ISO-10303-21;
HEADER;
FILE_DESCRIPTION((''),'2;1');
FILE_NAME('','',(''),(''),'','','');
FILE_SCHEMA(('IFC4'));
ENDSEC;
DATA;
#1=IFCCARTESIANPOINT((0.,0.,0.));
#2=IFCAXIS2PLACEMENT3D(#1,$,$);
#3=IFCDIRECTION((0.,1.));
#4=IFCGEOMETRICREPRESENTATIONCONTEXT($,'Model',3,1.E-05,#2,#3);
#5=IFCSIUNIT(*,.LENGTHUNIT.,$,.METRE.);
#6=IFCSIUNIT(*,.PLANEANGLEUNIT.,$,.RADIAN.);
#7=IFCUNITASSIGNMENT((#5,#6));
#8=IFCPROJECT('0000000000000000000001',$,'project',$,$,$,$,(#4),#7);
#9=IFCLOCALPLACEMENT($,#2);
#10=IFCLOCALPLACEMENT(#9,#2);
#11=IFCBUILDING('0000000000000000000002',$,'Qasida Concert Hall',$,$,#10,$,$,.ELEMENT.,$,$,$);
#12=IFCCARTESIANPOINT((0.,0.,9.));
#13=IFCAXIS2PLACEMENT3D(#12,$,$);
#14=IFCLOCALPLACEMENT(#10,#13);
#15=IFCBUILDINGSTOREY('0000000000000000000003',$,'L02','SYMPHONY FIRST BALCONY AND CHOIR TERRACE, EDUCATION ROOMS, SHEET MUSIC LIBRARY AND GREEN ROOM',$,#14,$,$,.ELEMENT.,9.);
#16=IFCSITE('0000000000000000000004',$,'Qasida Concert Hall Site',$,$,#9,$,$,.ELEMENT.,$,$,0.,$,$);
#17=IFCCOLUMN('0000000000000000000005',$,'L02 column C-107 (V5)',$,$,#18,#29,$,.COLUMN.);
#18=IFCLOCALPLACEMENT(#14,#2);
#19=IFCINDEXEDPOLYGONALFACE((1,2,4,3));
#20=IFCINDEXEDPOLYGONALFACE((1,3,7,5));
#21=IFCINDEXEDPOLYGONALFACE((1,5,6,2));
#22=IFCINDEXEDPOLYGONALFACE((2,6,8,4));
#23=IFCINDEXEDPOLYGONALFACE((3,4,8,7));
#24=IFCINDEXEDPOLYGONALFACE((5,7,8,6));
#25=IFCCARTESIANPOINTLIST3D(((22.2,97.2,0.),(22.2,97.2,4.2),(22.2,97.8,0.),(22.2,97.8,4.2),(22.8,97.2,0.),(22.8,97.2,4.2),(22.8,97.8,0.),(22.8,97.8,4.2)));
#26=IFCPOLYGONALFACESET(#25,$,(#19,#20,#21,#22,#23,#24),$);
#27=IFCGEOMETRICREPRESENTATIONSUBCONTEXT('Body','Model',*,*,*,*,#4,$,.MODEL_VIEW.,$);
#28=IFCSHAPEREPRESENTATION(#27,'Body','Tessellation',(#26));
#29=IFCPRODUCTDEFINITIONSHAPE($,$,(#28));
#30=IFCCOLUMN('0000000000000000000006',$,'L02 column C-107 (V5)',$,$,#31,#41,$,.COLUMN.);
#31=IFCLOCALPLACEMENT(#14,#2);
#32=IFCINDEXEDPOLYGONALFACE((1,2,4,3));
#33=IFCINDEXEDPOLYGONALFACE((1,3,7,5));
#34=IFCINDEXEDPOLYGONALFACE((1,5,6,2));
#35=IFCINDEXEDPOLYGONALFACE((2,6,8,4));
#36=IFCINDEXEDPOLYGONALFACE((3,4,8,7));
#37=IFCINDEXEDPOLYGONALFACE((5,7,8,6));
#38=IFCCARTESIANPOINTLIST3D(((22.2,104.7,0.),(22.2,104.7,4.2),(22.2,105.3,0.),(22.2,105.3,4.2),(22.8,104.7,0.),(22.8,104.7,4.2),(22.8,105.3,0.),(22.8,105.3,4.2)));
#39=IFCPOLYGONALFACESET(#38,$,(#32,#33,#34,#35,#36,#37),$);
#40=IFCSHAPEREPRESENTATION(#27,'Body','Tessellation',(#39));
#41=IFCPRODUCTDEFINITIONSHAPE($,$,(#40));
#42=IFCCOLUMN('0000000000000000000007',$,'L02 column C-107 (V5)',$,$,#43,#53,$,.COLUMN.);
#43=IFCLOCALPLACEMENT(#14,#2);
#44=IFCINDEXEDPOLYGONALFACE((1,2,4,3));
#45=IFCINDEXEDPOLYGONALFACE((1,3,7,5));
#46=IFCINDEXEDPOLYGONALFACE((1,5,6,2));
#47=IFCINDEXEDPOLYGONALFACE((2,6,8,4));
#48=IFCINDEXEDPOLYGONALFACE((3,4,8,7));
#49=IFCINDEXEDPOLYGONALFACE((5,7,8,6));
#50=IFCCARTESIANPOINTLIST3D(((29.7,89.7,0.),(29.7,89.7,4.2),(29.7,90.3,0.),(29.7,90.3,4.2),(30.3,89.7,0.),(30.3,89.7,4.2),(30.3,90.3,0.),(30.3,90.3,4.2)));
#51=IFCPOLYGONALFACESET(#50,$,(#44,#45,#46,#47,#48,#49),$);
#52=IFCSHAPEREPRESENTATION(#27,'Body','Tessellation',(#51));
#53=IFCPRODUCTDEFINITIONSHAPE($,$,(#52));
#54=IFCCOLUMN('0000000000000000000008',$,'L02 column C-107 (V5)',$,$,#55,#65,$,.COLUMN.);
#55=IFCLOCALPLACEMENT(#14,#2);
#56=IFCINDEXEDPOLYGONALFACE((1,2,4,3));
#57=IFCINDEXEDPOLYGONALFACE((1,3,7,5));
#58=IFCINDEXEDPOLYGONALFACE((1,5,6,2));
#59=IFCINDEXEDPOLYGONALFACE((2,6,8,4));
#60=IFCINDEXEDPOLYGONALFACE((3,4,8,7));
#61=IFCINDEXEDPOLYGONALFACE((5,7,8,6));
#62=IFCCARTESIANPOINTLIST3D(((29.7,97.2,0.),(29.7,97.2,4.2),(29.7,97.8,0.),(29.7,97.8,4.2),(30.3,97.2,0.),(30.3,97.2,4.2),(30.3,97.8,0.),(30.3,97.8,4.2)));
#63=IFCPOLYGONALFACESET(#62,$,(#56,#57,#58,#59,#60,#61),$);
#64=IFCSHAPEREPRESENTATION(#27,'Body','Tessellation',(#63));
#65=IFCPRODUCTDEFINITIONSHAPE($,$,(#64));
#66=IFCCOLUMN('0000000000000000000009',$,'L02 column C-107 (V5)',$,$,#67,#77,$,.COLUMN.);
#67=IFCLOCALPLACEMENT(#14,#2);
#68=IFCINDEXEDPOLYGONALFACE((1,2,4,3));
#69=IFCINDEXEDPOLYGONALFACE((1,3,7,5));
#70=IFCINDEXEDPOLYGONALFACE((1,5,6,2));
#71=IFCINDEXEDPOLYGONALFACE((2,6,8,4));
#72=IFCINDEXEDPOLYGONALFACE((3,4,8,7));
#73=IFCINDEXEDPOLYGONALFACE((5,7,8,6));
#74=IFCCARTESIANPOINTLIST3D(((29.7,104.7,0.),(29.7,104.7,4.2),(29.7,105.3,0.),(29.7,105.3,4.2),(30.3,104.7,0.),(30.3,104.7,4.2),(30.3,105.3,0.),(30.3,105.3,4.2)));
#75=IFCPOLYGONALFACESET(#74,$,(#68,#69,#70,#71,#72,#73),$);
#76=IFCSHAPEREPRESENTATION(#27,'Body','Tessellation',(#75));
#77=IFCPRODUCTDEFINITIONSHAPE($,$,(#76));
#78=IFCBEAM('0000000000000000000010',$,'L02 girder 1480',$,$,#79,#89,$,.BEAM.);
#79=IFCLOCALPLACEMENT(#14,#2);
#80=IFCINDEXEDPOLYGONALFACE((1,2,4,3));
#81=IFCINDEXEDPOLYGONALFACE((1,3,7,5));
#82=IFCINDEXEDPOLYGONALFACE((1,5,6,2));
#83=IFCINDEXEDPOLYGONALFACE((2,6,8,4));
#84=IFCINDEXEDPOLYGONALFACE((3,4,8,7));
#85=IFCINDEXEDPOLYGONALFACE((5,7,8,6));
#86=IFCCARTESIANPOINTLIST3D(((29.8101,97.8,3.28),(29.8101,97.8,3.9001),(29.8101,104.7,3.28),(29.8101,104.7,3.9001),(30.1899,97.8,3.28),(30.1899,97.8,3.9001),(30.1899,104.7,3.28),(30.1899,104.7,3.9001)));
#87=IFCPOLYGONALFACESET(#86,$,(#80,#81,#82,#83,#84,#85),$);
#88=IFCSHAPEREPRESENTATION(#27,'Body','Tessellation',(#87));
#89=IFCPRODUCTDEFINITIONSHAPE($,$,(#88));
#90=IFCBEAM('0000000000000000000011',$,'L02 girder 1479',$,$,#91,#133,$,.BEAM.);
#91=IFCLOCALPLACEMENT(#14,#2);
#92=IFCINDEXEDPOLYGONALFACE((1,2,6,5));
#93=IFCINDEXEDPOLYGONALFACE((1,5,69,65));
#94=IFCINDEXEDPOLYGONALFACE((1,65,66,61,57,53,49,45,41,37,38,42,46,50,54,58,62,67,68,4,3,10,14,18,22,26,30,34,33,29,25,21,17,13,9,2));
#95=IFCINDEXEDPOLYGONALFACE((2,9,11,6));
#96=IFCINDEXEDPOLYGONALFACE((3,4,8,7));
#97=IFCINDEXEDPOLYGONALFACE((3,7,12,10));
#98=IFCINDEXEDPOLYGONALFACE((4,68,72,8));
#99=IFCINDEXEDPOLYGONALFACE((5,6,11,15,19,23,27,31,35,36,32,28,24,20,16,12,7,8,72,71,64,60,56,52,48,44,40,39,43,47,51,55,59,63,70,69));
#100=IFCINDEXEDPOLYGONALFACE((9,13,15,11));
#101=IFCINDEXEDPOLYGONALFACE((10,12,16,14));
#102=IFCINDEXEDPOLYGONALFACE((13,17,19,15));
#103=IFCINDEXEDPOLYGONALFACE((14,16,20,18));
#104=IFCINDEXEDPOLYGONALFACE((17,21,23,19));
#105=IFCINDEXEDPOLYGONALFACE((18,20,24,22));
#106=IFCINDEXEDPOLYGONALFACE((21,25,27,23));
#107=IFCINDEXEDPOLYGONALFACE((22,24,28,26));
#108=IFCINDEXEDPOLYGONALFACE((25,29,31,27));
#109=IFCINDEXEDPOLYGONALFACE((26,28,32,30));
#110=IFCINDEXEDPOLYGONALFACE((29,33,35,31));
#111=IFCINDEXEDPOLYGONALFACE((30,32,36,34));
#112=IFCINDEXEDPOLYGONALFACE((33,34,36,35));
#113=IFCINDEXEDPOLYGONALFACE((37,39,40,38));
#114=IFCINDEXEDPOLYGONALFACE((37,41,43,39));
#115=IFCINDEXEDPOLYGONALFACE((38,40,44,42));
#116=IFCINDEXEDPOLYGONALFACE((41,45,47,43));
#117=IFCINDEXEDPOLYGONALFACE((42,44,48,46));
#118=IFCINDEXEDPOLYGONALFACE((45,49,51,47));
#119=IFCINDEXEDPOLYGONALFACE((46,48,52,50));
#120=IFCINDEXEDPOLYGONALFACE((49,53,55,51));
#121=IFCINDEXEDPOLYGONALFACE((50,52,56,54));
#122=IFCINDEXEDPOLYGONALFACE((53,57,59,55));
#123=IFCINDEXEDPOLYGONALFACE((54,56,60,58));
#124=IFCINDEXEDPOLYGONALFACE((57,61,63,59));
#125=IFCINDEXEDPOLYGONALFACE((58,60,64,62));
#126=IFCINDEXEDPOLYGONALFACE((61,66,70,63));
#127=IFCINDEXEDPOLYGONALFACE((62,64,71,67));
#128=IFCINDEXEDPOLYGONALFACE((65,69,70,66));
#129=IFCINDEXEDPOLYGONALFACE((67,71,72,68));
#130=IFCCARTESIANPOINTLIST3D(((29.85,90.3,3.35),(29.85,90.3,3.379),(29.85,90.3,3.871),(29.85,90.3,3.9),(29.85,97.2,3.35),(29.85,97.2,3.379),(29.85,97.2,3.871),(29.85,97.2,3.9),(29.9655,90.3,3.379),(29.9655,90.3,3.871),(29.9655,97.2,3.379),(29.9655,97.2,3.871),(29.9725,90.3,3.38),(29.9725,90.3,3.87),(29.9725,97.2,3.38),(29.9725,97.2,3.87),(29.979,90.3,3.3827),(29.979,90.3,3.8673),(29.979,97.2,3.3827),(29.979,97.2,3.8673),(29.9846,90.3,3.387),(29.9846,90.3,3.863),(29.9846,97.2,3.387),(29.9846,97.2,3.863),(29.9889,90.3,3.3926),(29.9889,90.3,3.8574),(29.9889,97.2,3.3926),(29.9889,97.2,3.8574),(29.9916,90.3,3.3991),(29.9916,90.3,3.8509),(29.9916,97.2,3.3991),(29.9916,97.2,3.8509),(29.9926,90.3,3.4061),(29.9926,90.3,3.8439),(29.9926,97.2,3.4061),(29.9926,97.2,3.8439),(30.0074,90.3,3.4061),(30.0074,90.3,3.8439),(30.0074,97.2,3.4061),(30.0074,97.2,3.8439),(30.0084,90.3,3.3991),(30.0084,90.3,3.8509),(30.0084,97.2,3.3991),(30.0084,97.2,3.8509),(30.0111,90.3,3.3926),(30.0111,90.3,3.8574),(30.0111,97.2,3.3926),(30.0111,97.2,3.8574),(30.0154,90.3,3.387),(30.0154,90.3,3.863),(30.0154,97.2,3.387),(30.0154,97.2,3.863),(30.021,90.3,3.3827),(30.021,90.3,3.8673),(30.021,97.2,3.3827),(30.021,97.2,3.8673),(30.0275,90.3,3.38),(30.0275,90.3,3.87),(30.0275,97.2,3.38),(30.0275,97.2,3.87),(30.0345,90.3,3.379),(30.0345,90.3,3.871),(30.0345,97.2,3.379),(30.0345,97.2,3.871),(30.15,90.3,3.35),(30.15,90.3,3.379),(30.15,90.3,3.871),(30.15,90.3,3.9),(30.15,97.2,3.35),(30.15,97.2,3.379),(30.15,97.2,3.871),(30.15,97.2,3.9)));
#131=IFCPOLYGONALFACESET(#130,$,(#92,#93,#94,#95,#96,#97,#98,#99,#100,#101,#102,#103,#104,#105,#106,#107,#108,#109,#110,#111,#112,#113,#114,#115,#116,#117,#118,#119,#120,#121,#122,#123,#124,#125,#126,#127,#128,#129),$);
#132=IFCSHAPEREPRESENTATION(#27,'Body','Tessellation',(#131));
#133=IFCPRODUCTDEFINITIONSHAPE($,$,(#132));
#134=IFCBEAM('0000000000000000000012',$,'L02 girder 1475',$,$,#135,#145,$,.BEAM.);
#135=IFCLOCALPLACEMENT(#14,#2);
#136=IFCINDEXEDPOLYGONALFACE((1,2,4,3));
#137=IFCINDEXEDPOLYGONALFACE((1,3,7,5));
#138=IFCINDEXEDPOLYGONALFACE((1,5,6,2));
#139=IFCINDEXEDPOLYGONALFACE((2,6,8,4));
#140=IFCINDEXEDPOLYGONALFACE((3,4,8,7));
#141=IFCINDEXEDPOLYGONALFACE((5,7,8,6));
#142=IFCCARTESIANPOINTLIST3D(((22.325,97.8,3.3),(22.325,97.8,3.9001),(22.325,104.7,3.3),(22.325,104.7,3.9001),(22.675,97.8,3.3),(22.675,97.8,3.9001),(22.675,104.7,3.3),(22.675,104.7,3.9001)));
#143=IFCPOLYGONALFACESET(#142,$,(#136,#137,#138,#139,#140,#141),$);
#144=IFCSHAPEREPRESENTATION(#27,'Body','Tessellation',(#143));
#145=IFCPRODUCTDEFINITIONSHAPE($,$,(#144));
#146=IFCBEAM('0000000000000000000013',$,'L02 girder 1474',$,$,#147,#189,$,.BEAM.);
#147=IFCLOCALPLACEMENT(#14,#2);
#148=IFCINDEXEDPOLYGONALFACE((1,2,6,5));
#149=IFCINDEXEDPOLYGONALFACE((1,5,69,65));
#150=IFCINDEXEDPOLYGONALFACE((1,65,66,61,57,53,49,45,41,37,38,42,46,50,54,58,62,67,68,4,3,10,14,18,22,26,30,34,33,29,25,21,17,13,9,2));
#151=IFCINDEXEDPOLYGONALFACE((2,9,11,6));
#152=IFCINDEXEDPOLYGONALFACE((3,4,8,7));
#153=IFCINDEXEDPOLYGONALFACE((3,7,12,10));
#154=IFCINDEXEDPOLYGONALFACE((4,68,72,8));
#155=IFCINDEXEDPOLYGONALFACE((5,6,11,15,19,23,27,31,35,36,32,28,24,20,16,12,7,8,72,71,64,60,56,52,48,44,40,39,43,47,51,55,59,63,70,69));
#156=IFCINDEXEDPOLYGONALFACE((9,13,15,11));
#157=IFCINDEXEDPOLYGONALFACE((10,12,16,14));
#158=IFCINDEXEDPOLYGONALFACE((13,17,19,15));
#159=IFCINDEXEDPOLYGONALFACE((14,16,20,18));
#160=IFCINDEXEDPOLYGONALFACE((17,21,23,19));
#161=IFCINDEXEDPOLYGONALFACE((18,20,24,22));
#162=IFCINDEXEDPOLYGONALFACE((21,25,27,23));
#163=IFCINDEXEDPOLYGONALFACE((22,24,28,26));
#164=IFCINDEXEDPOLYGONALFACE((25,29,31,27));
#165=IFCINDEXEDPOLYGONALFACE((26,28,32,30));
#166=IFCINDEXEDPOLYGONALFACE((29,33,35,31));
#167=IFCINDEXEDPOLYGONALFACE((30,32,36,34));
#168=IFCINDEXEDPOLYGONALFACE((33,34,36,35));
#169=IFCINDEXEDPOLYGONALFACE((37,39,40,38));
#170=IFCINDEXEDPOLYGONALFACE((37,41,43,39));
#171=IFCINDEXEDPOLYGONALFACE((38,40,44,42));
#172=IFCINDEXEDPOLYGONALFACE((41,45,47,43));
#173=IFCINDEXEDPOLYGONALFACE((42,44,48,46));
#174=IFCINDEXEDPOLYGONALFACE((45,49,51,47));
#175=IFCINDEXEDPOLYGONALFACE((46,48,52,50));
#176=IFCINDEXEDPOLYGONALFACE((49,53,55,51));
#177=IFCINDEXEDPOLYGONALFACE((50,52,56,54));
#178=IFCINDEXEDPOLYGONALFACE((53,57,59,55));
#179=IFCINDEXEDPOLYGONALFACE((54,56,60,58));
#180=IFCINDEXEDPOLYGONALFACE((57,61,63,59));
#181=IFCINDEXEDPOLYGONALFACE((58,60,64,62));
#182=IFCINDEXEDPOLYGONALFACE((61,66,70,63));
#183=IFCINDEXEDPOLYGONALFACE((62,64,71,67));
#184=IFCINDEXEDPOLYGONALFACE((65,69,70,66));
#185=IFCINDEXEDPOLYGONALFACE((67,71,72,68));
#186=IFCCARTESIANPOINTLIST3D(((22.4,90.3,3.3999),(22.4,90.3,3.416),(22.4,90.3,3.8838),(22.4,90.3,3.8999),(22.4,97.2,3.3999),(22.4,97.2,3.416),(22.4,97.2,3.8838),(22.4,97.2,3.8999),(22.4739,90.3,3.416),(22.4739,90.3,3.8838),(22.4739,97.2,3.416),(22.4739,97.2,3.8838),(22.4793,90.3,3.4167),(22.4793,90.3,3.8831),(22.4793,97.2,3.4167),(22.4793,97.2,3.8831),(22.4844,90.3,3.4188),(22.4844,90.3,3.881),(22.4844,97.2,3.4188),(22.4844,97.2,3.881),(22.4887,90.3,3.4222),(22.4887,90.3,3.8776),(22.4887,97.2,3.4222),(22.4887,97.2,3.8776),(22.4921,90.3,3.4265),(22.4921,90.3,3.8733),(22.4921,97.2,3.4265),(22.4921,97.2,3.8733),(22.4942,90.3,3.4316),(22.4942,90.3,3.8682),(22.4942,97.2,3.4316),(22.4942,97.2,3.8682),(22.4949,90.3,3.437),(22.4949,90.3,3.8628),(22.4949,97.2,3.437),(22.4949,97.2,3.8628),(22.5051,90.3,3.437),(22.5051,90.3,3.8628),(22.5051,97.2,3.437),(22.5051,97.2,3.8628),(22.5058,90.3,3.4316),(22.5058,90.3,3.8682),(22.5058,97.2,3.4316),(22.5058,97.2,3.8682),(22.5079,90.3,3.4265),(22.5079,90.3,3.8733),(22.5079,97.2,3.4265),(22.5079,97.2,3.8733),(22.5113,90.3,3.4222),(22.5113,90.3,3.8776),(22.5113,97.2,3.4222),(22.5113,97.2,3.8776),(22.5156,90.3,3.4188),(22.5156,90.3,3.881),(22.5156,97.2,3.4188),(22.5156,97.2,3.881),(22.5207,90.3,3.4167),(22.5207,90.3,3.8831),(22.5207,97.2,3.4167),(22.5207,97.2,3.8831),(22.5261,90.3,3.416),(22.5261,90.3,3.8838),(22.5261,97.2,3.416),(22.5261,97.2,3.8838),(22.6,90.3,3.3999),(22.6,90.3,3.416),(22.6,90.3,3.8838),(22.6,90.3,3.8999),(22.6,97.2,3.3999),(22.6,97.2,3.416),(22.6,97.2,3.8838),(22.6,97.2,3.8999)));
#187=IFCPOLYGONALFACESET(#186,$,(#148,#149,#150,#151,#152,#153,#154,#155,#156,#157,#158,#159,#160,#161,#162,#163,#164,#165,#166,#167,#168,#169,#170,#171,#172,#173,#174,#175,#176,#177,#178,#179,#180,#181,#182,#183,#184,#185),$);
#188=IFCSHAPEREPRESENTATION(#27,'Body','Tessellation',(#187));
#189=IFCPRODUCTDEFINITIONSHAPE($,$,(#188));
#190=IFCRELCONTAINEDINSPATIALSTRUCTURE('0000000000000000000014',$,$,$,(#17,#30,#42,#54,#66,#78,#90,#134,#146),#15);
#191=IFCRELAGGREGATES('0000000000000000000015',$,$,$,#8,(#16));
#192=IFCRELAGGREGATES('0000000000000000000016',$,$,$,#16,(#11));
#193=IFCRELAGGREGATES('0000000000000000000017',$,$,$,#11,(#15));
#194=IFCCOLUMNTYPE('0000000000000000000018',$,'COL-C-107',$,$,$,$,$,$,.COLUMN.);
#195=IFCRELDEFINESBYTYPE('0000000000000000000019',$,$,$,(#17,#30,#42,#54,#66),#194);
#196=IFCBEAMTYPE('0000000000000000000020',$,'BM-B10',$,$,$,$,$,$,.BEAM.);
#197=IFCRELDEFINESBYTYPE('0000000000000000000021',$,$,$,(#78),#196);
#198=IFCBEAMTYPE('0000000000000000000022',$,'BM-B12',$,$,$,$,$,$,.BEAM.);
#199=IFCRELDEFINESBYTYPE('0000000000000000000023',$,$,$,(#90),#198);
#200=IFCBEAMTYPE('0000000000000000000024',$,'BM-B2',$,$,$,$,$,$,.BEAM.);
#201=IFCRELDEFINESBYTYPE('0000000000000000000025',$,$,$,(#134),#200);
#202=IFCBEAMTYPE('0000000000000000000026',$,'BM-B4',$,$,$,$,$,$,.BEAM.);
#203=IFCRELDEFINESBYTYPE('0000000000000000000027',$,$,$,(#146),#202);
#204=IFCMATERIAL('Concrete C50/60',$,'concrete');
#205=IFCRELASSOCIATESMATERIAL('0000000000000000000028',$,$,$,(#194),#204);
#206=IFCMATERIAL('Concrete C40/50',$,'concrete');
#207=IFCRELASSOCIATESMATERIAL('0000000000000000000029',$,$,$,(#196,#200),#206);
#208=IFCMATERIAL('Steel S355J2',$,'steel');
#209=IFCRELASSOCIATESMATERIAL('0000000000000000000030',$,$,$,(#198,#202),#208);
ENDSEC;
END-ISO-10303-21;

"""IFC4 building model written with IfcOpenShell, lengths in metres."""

from ifc_helpers import new_model, si_unit, direction, frame, origin, origin_2d, place, context, subcontext, project, spatial, rectangle, i_section, extrude, material, material_profile, profile_set, type_object, element, save


model = new_model("IFC4")

# Units and contexts
model_context = context("Model", 3, precision=1e-05, world=origin(), true_north=direction((0.0, 1.0)))
body_context = subcontext(model_context, "Body", "Model", "MODEL_VIEW")
ifc_project = project(units=[si_unit("LENGTHUNIT", "METRE"), si_unit("PLANEANGLEUNIT", "RADIAN")], contexts=[model_context])

# Site, building, storey
site_placement = place(None, origin())
site = spatial("IfcSite", under=ifc_project, at=site_placement, Name="Qasida Concert Hall Site", CompositionType="ELEMENT", RefElevation=0.0)
building_placement = place(site_placement, origin())
building = spatial("IfcBuilding", under=site, at=building_placement, Name="Qasida Concert Hall", CompositionType="ELEMENT")
storey_placement = place(building_placement, frame((0.0, 0.0, 9.0)))
storey = spatial("IfcBuildingStorey", under=building, at=storey_placement, Name="L02", Description="SYMPHONY FIRST BALCONY AND CHOIR TERRACE, EDUCATION ROOMS, SHEET MUSIC LIBRARY AND GREEN ROOM", CompositionType="ELEMENT", Elevation=9.0)

# Columns
ifc_material_1 = material(Name="Concrete C50/60", Category="concrete")
ifc_material_profile_1 = material_profile(ifc_material_1, rectangle(XDim=0.6001, YDim=0.6001, at=origin_2d()), Name="RC 600x600")
ifc_profile_set_1 = profile_set([ifc_material_profile_1], Name="Concrete C50/60")
column_type = type_object("IfcColumnType", Name="COL-C-107", PredefinedType="COLUMN", material=ifc_profile_set_1)
for number, where, z_axis, x_axis, name in (
    (1, (22.5, 97.5, 0.0), (0.0, 0.0, 1.0), (1.0, 0.0, 0.0), "L02 column C-107 (V5)"),
    (2, (22.5, 105.0, 0.0), (0.0, 0.0, 1.0), (1.0, 0.0, 0.0), "L02 column C-107 (V5)"),
    (3, (30.0, 90.0, 0.0), (0.0, 0.0, 1.0), (1.0, 0.0, 0.0), "L02 column C-107 (V5)"),
    (4, (30.0, 97.5, 0.0), (0.0, 0.0, 1.0), (1.0, 0.0, 0.0), "L02 column C-107 (V5)"),
    (5, (30.0, 105.0, 0.0), (0.0, 0.0, 1.0), (1.0, 0.0, 0.0), "L02 column C-107 (V5)"),
):
    element("IfcColumn", number, at=place(storey_placement, frame(where, z_axis=z_axis, x_axis=x_axis)), inside=storey, type_object=column_type, Name=name, PredefinedType="COLUMN", context=body_context, shape_type="SweptSolid", body=[
        extrude(rectangle(XDim=0.6001, YDim=0.6001, at=origin_2d()), origin(), (0.0, 0.0, 1.0), 4.2),
    ])

# Beams
ifc_material_2 = material(Name="Concrete C40/50", Category="concrete")
ifc_material_profile_2 = material_profile(ifc_material_2, rectangle(XDim=0.3799, YDim=0.6201, at=origin_2d()), Name="RC 380x620")
ifc_profile_set_2 = profile_set([ifc_material_profile_2], Name="Concrete C40/50")
beam_type_1 = type_object("IfcBeamType", Name="BM-B10", PredefinedType="BEAM", material=ifc_profile_set_2)
beam_1_placement = place(storey_placement, frame((30.0, 97.8, 3.5901), z_axis=(0.0, 1.0, 0.0), x_axis=(-1.0, 0.0, 0.0)))
element("IfcBeam", 6, at=beam_1_placement, inside=storey, type_object=beam_type_1, Name="L02 girder 1480", PredefinedType="BEAM", context=body_context, shape_type="SweptSolid", body=[
    extrude(rectangle(XDim=0.3799, YDim=0.6201, at=origin_2d()), origin(), (0.0, 0.0, 1.0), 6.8999),
])
ifc_material_3 = material(Name="Steel S355J2", Category="steel")
ifc_material_profile_3 = material_profile(ifc_material_3, i_section(OverallWidth=0.3, OverallDepth=0.55, WebThickness=0.0149, FlangeThickness=0.0291, FilletRadius=0.0271, at=origin_2d()), Name="HEB 550")
ifc_profile_set_3 = profile_set([ifc_material_profile_3], Name="Steel S355J2")
beam_type_2 = type_object("IfcBeamType", Name="BM-B12", PredefinedType="BEAM", material=ifc_profile_set_3)
beam_2_placement = place(storey_placement, frame((30.0, 90.3, 3.625), z_axis=(0.0, 1.0, 0.0), x_axis=(-1.0, 0.0, 0.0)))
element("IfcBeam", 7, at=beam_2_placement, inside=storey, type_object=beam_type_2, Name="L02 girder 1479", PredefinedType="BEAM", context=body_context, shape_type="SweptSolid", body=[
    extrude(i_section(OverallWidth=0.3, OverallDepth=0.55, WebThickness=0.0149, FlangeThickness=0.0291, FilletRadius=0.0271, at=origin_2d()), origin(), (0.0, 0.0, 1.0), 6.8999),
])
ifc_material_profile_4 = material_profile(ifc_material_2, rectangle(XDim=0.3501, YDim=0.6001, at=origin_2d()), Name="RC 350x600")
ifc_profile_set_4 = profile_set([ifc_material_profile_4], Name="Concrete C40/50")
beam_type_3 = type_object("IfcBeamType", Name="BM-B2", PredefinedType="BEAM", material=ifc_profile_set_4)
beam_3_placement = place(storey_placement, frame((22.5, 97.8, 3.6001), z_axis=(0.0, 1.0, 0.0), x_axis=(-1.0, 0.0, 0.0)))
element("IfcBeam", 8, at=beam_3_placement, inside=storey, type_object=beam_type_3, Name="L02 girder 1475", PredefinedType="BEAM", context=body_context, shape_type="SweptSolid", body=[
    extrude(rectangle(XDim=0.3501, YDim=0.6001, at=origin_2d()), origin(), (0.0, 0.0, 1.0), 6.8999),
])
ifc_material_profile_5 = material_profile(ifc_material_3, i_section(OverallWidth=0.2, OverallDepth=0.5, WebThickness=0.0103, FlangeThickness=0.0161, FilletRadius=0.021, at=origin_2d()), Name="IPE 500")
ifc_profile_set_5 = profile_set([ifc_material_profile_5], Name="Steel S355J2")
beam_type_4 = type_object("IfcBeamType", Name="BM-B4", PredefinedType="BEAM", material=ifc_profile_set_5)
beam_4_placement = place(storey_placement, frame((22.5, 90.3, 3.6499), z_axis=(0.0, 1.0, 0.0), x_axis=(-1.0, 0.0, 0.0)))
element("IfcBeam", 9, at=beam_4_placement, inside=storey, type_object=beam_type_4, Name="L02 girder 1474", PredefinedType="BEAM", context=body_context, shape_type="SweptSolid", body=[
    extrude(i_section(OverallWidth=0.2, OverallDepth=0.5, WebThickness=0.0103, FlangeThickness=0.0161, FilletRadius=0.021, at=origin_2d()), origin(), (0.0, 0.0, 1.0), 6.8999),
])

save(model, "model.ifc")
